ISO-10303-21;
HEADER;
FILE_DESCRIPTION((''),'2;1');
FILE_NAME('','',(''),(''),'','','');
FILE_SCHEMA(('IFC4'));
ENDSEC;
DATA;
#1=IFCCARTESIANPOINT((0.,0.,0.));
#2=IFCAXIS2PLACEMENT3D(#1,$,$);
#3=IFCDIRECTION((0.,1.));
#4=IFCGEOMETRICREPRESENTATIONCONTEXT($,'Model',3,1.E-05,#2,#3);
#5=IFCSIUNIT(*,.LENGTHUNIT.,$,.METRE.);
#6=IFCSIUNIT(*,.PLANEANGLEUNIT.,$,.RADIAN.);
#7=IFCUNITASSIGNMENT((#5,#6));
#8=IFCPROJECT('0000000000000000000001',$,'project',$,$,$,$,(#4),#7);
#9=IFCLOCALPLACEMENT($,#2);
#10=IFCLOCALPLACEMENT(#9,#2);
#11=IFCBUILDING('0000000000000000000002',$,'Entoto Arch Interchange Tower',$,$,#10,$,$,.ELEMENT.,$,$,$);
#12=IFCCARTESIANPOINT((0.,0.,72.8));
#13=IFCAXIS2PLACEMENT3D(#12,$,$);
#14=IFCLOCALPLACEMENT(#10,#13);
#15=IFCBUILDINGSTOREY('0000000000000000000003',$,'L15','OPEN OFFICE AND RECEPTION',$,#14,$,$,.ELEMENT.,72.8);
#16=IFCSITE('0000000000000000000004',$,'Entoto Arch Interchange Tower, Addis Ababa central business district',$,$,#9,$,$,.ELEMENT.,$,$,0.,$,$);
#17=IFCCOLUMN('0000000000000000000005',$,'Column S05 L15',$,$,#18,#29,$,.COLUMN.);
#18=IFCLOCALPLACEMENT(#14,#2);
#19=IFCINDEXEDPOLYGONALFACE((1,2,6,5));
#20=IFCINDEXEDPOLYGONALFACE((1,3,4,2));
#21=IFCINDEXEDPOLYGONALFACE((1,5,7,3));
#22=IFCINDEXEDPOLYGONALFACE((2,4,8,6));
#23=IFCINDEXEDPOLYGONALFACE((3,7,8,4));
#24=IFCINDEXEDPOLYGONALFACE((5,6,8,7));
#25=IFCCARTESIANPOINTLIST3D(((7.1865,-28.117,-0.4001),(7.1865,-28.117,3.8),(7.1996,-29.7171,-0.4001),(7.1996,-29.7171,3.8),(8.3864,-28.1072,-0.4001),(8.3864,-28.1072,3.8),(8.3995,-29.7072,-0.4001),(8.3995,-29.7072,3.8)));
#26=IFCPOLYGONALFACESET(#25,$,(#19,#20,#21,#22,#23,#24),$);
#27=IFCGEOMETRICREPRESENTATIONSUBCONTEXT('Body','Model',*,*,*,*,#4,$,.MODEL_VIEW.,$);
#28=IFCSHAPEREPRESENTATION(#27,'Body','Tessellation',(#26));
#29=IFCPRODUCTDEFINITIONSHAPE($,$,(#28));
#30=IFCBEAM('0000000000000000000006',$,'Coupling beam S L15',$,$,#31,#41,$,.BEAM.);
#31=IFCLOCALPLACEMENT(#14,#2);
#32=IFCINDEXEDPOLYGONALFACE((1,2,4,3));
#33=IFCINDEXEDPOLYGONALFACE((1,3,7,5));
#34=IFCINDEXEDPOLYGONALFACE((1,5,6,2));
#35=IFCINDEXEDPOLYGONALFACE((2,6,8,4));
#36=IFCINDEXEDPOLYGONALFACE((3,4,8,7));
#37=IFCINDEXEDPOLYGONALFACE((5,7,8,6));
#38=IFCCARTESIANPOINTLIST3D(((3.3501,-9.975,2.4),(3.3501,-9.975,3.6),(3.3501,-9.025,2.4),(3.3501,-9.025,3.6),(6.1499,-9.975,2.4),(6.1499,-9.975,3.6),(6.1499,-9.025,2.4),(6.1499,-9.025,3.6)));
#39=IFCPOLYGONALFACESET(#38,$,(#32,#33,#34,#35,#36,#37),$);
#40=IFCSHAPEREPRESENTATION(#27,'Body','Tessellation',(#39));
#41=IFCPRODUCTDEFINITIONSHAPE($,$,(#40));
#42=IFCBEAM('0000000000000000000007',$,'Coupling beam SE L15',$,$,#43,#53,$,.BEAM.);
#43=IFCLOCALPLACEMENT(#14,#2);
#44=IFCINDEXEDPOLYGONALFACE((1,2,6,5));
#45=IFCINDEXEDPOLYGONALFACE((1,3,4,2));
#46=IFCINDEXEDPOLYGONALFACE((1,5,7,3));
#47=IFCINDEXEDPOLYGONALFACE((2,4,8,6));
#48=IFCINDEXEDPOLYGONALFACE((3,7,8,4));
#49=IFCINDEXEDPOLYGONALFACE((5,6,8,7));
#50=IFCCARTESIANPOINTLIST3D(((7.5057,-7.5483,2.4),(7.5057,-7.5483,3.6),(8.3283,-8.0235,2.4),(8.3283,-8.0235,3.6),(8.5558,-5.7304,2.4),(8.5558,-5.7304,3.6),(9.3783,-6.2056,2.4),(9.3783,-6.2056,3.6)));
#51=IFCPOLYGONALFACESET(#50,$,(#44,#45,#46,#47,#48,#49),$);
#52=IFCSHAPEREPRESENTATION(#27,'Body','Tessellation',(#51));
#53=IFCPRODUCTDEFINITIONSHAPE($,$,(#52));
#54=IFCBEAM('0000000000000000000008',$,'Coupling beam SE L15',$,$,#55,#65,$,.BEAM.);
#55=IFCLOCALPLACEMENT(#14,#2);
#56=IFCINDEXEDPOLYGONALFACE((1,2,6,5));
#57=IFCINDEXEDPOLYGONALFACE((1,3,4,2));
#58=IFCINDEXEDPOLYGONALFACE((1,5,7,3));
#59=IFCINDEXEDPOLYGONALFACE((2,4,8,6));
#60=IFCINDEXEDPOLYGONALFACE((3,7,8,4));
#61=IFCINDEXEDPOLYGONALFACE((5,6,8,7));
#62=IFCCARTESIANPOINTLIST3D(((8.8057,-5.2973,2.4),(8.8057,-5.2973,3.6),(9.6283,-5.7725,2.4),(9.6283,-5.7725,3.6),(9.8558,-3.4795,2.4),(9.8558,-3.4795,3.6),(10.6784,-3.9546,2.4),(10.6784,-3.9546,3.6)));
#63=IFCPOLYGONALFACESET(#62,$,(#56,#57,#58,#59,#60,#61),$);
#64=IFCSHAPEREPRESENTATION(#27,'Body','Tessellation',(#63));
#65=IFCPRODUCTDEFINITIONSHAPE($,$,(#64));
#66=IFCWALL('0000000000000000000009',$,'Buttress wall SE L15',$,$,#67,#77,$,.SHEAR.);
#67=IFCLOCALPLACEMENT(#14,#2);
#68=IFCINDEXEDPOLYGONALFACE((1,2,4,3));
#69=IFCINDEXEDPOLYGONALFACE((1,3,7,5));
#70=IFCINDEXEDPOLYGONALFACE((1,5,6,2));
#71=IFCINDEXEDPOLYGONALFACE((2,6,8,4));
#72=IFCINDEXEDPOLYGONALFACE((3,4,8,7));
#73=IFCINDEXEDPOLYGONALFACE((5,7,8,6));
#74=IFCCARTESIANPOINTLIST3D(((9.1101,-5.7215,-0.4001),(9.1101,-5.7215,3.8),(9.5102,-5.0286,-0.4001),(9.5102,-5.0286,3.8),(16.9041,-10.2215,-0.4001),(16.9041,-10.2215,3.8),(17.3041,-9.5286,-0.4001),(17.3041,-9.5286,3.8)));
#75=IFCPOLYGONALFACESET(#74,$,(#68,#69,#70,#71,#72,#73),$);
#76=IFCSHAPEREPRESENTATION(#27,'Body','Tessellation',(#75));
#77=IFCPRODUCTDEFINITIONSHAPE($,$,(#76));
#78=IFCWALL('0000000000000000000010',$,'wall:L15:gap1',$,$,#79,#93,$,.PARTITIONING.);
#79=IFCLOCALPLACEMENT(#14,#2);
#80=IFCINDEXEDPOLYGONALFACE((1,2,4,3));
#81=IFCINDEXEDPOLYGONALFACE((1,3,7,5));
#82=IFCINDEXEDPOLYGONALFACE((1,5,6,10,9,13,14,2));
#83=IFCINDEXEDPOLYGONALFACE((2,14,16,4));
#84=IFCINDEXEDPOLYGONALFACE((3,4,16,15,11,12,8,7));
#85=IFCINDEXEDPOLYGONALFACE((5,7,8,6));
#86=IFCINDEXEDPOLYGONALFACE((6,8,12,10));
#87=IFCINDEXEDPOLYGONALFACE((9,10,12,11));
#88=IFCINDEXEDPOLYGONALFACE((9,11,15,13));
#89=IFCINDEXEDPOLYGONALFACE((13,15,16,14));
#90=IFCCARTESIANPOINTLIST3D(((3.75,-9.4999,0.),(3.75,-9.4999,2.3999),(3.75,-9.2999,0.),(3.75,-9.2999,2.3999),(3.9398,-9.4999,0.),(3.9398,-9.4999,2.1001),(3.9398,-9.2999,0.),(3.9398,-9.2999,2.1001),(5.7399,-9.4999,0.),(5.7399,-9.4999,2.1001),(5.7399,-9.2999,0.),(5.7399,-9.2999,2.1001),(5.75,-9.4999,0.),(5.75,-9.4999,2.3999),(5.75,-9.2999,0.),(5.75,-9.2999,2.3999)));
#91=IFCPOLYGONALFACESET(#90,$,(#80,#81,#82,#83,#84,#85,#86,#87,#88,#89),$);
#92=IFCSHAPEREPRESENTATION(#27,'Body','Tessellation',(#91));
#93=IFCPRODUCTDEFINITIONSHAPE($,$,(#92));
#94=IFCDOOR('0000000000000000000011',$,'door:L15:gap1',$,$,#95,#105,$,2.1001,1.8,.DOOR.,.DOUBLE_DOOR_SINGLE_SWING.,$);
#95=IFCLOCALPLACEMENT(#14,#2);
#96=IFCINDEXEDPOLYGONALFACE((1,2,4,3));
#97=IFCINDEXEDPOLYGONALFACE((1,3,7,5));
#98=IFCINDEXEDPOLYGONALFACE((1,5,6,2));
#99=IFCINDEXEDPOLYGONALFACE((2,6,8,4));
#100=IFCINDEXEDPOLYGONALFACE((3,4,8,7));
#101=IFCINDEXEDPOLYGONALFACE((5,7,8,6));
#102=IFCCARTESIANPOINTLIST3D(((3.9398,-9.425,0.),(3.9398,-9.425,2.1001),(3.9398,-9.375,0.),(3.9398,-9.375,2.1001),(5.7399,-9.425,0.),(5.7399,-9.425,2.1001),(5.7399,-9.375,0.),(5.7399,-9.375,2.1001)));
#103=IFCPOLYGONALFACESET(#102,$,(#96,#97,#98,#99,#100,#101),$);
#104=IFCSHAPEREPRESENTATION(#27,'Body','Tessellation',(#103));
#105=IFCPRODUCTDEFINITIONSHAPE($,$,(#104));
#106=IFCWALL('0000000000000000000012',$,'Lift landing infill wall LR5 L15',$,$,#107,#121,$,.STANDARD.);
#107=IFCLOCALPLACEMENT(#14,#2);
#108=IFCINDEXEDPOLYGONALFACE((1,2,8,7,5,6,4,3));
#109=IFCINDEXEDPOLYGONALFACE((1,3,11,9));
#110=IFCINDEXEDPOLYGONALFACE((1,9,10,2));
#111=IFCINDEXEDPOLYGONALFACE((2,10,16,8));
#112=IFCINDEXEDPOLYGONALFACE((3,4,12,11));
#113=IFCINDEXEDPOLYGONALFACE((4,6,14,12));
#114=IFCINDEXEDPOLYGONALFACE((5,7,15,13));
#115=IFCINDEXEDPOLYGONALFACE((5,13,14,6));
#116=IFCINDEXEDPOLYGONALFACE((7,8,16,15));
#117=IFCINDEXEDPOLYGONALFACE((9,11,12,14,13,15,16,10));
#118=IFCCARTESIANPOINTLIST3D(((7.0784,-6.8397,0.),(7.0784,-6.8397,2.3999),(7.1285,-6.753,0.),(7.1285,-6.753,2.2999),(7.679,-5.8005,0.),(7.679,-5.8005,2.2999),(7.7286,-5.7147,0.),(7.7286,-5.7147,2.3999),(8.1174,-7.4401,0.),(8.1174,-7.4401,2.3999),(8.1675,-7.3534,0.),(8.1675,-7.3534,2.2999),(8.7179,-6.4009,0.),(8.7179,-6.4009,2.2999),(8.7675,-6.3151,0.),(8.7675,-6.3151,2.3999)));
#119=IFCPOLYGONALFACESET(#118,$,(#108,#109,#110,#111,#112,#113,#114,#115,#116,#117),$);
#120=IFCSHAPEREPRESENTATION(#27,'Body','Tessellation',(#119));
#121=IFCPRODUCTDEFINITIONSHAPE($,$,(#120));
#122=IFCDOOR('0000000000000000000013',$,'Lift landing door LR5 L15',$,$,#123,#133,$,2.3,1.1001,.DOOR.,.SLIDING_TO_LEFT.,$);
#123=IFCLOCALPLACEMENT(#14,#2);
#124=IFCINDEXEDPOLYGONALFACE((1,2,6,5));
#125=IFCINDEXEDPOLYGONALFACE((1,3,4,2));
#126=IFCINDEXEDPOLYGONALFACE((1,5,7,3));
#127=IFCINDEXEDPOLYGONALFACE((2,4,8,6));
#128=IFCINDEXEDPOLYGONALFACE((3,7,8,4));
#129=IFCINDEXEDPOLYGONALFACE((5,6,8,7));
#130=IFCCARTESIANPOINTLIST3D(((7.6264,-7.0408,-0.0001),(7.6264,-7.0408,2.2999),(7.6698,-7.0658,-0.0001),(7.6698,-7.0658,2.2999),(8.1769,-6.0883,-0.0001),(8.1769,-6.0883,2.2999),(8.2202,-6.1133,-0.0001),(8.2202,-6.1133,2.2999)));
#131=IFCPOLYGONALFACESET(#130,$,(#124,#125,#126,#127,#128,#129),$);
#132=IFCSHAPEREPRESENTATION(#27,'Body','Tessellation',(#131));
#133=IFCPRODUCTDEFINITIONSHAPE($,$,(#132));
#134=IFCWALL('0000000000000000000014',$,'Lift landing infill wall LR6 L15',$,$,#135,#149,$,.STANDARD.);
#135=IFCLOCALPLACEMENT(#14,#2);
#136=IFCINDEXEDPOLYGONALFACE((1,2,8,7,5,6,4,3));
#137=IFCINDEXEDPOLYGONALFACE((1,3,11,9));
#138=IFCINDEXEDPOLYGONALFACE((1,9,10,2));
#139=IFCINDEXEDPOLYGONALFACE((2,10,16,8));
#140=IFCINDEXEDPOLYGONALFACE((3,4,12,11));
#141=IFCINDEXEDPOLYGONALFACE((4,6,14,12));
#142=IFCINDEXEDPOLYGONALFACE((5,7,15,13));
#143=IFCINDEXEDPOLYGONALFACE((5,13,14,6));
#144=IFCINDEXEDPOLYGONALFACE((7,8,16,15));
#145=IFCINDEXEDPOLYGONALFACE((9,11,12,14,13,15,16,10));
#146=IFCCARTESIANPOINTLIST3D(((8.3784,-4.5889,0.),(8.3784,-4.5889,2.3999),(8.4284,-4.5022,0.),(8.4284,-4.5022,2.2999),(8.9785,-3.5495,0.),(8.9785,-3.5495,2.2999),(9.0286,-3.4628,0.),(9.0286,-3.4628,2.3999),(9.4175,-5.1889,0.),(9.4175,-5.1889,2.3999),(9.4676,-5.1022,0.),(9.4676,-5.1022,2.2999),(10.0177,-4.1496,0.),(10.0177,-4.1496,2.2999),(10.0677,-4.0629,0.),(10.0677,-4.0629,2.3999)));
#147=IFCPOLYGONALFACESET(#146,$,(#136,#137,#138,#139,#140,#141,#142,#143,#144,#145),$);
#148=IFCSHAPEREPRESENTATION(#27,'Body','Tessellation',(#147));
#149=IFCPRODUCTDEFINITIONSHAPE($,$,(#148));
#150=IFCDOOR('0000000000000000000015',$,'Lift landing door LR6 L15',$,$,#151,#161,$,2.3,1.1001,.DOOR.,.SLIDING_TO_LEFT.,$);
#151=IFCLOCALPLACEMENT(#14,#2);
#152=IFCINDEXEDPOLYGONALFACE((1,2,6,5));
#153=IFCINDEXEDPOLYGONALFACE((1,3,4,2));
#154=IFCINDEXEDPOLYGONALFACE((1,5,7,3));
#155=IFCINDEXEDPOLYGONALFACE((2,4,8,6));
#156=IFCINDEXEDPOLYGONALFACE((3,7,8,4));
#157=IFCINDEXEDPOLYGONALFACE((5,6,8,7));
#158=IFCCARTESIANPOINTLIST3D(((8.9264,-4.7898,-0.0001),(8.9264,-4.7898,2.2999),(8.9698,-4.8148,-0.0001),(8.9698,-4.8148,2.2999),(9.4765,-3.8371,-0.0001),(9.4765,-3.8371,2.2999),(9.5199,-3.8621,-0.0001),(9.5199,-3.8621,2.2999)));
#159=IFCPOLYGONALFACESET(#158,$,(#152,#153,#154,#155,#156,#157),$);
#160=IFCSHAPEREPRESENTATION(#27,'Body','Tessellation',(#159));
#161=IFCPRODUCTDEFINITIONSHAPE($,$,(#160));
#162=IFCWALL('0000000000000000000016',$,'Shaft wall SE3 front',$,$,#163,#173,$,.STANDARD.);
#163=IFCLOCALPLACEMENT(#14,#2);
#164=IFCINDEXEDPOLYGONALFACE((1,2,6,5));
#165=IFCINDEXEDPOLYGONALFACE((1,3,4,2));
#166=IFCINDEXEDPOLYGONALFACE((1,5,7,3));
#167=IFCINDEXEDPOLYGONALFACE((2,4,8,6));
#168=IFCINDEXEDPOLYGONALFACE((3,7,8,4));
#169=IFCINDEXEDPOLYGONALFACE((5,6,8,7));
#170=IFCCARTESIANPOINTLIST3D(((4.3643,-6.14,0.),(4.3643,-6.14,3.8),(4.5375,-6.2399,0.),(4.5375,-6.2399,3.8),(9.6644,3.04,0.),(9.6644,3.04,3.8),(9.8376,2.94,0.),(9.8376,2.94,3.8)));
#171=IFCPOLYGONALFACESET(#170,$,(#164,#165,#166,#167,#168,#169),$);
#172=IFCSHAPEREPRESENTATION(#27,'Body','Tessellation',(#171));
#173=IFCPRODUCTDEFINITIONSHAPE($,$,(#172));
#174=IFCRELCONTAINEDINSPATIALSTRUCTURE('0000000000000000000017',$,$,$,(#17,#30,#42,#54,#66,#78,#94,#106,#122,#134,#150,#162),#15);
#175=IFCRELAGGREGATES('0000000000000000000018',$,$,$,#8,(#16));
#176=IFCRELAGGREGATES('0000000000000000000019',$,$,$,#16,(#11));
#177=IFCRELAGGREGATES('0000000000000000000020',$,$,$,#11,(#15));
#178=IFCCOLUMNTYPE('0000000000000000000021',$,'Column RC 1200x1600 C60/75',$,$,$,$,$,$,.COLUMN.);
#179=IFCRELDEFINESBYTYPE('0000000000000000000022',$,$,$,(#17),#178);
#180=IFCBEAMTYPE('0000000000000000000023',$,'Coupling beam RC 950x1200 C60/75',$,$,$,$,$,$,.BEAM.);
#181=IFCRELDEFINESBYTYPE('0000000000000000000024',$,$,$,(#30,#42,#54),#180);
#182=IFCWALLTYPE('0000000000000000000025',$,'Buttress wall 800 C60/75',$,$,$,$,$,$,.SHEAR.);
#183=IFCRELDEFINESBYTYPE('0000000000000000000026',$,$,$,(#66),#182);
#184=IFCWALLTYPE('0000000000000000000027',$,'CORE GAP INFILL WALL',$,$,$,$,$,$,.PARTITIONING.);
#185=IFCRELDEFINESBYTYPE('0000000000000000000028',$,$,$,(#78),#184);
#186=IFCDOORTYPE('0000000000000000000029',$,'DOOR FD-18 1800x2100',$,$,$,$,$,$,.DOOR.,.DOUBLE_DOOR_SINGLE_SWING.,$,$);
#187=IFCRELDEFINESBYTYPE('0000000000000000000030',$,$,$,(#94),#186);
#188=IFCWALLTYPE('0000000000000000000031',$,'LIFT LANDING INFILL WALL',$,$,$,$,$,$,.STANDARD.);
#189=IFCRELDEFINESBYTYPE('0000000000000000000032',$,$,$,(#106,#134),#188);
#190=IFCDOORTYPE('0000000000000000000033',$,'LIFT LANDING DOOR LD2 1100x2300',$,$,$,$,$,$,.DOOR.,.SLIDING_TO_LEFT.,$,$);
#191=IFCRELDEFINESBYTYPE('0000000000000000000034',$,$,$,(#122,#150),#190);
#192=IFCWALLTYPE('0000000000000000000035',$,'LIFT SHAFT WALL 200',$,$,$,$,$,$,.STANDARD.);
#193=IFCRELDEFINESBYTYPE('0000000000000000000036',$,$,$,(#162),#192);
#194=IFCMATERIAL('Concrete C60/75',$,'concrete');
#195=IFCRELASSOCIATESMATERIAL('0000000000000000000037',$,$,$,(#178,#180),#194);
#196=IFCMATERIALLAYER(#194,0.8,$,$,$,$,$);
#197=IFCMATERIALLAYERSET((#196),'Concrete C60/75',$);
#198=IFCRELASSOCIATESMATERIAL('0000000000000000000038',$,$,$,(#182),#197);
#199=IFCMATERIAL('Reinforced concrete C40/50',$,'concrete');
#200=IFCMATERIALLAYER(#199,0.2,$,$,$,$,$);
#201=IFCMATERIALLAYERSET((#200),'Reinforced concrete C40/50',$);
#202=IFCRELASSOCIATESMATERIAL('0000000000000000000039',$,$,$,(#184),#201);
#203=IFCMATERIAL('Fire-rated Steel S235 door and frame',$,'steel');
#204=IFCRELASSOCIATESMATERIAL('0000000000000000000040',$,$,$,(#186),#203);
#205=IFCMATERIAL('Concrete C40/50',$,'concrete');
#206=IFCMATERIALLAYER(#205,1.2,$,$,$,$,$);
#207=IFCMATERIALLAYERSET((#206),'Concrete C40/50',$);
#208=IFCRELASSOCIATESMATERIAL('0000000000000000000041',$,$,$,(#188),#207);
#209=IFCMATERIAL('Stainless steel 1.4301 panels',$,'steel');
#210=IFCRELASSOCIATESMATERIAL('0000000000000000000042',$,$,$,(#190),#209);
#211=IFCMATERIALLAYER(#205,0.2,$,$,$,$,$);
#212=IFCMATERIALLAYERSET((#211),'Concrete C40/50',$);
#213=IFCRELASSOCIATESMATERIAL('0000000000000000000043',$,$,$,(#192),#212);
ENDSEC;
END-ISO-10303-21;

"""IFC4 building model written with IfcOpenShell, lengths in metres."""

from ifc_helpers import new_model, si_unit, direction, frame, frame_2d, origin, origin_2d, place, context, subcontext, project, spatial, rectangle, extrude, material, layer, layer_set, material_profile, profile_set, type_object, element, fill, save


model = new_model("IFC4")

# Units and contexts
model_context = context("Model", 3, precision=1e-05, world=origin(), true_north=direction((0.0, 1.0)))
body_context = subcontext(model_context, "Body", "Model", "MODEL_VIEW")
ifc_project = project(units=[si_unit("LENGTHUNIT", "METRE"), si_unit("PLANEANGLEUNIT", "RADIAN")], contexts=[model_context])

# Site, building, storey
site_placement = place(None, origin())
site = spatial("IfcSite", under=ifc_project, at=site_placement, Name="Entoto Arch Interchange Tower, Addis Ababa central business district", CompositionType="ELEMENT", RefElevation=0.0)
building_placement = place(site_placement, origin())
building = spatial("IfcBuilding", under=site, at=building_placement, Name="Entoto Arch Interchange Tower", CompositionType="ELEMENT")
storey_placement = place(building_placement, frame((0.0, 0.0, 72.8)))
storey = spatial("IfcBuildingStorey", under=building, at=storey_placement, Name="L15", Description="OPEN OFFICE AND RECEPTION", CompositionType="ELEMENT", Elevation=72.8)

# Column
ifc_material_1 = material(Name="Concrete C60/75", Category="concrete")
ifc_material_profile_1 = material_profile(ifc_material_1, rectangle(XDim=1.2, YDim=1.6001, at=origin_2d()))
ifc_profile_set_1 = profile_set([ifc_material_profile_1], Name="Concrete C60/75")
column_type = type_object("IfcColumnType", Name="Column RC 1200x1600 C60/75", PredefinedType="COLUMN", material=ifc_profile_set_1)
column_placement = place(storey_placement, frame((7.793, -28.9121, -0.4001), z_axis=(0.0, 0.0, 1.0), x_axis=(0.999966, 0.008203, 0.0)))
element("IfcColumn", 1, at=column_placement, inside=storey, type_object=column_type, Name="Column S05 L15", PredefinedType="COLUMN", context=body_context, shape_type="SweptSolid", body=[
    extrude(rectangle(XDim=1.2, YDim=1.6001, at=origin_2d()), origin(), (0.0, 0.0, 1.0), 4.2002),
])

# Beams
ifc_material_profile_2 = material_profile(ifc_material_1, rectangle(XDim=0.95, YDim=1.2, at=origin_2d()))
ifc_profile_set_2 = profile_set([ifc_material_profile_2], Name="Concrete C60/75")
beam_type = type_object("IfcBeamType", Name="Coupling beam RC 950x1200 C60/75", PredefinedType="BEAM", material=ifc_profile_set_2)
beam_placement = place(storey_placement, frame((3.3501, -9.5, 3.0), z_axis=(1.0, 0.0, 0.0), x_axis=(0.0, 1.0, 0.0)))
element("IfcBeam", 2, at=beam_placement, inside=storey, type_object=beam_type, Name="Coupling beam S L15", PredefinedType="BEAM", context=body_context, shape_type="SweptSolid", body=[
    extrude(rectangle(XDim=0.95, YDim=1.2, at=origin_2d()), origin(), (0.0, 0.0, 1.0), 2.7998),
])
for number, where, z_axis, x_axis, name in (
    (3, (7.917, -7.7859, 3.0), (0.500179, 0.865922, 0.0), (-0.865922, 0.500179, 0.0), "Coupling beam SE L15"),
    (4, (9.217, -5.5349, 3.0), (0.500179, 0.865922, 0.0), (-0.865922, 0.500179, 0.0), "Coupling beam SE L15"),
):
    element("IfcBeam", number, at=place(storey_placement, frame(where, z_axis=z_axis, x_axis=x_axis)), inside=storey, type_object=beam_type, Name=name, PredefinedType="BEAM", context=body_context, shape_type="SweptSolid", body=[
        extrude(rectangle(XDim=0.95, YDim=1.2, at=origin_2d()), origin(), (0.0, 0.0, 1.0), 2.0994),
    ])

# Wall
ifc_layer_1 = layer(ifc_material_1, 0.8)
ifc_layer_set_1 = layer_set([ifc_layer_1], Name="Concrete C60/75")
wall_type_1 = type_object("IfcWallType", Name="Buttress wall 800 C60/75", PredefinedType="SHEAR", material=ifc_layer_set_1)
wall_1_placement = place(storey_placement, frame((9.3101, -5.375, -0.4001), z_axis=(0.0, 0.0, 1.0), x_axis=(0.866018, -0.500014, 0.0)))
element("IfcWall", 5, at=wall_1_placement, inside=storey, type_object=wall_type_1, Name="Buttress wall SE L15", PredefinedType="SHEAR", context=body_context, shape_type="SweptSolid", body=[
    extrude(rectangle(XDim=8.9998, YDim=0.8, at=frame_2d((4.5, 0.0))), origin(), (0.0, 0.0, 1.0), 4.2002),
])

# Walls, openings, doors
ifc_material_2 = material(Name="Reinforced concrete C40/50", Category="concrete")
ifc_layer_2 = layer(ifc_material_2, 0.2)
ifc_layer_set_2 = layer_set([ifc_layer_2], Name="Reinforced concrete C40/50")
wall_type_2 = type_object("IfcWallType", Name="CORE GAP INFILL WALL", PredefinedType="PARTITIONING", material=ifc_layer_set_2)
wall_2_placement = place(storey_placement, frame((3.75, -9.3999, 0.0), z_axis=(0.0, 0.0, 1.0), x_axis=(1.0, 0.0, 0.0)))
wall_2 = element("IfcWall", 6, at=wall_2_placement, inside=storey, type_object=wall_type_2, Name="wall:L15:gap1", PredefinedType="PARTITIONING", context=body_context, shape_type="SweptSolid", body=[
    extrude(rectangle(XDim=2.0, YDim=0.2, at=frame_2d((1.0, 0.0))), origin(), (0.0, 0.0, 1.0), 2.3999),
])
opening_1_placement = place(wall_2_placement, frame((0.1899, 0.0, 0.0)))
opening_1 = element("IfcOpeningElement", 7, at=opening_1_placement, cuts=wall_2, PredefinedType="OPENING", context=body_context, shape_type="SweptSolid", body=[
    extrude(rectangle(XDim=1.8, YDim=2.1001, at=frame_2d((0.8999, 1.05))), frame((0.0, 0.1099, 0.0), z_axis=(0.0, -1.0, 0.0), x_axis=(1.0, 0.0, 0.0)), (0.0, 0.0, 1.0), 0.22),
])
ifc_material_3 = material(Name="Fire-rated Steel S235 door and frame", Category="steel")
door_type_1 = type_object("IfcDoorType", Name="DOOR FD-18 1800x2100", OperationType="DOUBLE_DOOR_SINGLE_SWING", PredefinedType="DOOR", material=ifc_material_3)
door_1_placement = place(opening_1_placement, origin())
door_1 = element("IfcDoor", 8, at=door_1_placement, inside=storey, type_object=door_type_1, Name="door:L15:gap1", OperationType="DOUBLE_DOOR_SINGLE_SWING", OverallHeight=2.1001, OverallWidth=1.8, PredefinedType="DOOR", context=body_context, shape_type="SweptSolid", body=[
    extrude(rectangle(XDim=1.8, YDim=2.1001, at=frame_2d((0.8999, 1.05))), frame((0.0, 0.0249, 0.0), z_axis=(0.0, -1.0, 0.0), x_axis=(1.0, 0.0, 0.0)), (0.0, 0.0, 1.0), 0.05),
])
fill(opening_1, door_1)
ifc_material_4 = material(Name="Concrete C40/50", Category="concrete")
ifc_layer_3 = layer(ifc_material_4, 1.2)
ifc_layer_set_3 = layer_set([ifc_layer_3], Name="Concrete C40/50")
wall_type_3 = type_object("IfcWallType", Name="LIFT LANDING INFILL WALL", PredefinedType="STANDARD", material=ifc_layer_set_3)
wall_3_placement = place(storey_placement, frame((7.5979, -7.1399, 0.0), z_axis=(0.0, 0.0, 1.0), x_axis=(0.500362, 0.865816, 0.0)))
wall_3 = element("IfcWall", 9, at=wall_3_placement, inside=storey, type_object=wall_type_3, Name="Lift landing infill wall LR5 L15", PredefinedType="STANDARD", context=body_context, shape_type="SweptSolid", body=[
    extrude(rectangle(XDim=1.2993, YDim=1.2, at=frame_2d((0.6497, 0.0))), origin(), (0.0, 0.0, 1.0), 2.3999),
])
opening_2_placement = place(wall_3_placement, frame((0.1001, 0.0, 0.0)))
opening_2 = element("IfcOpeningElement", 10, at=opening_2_placement, cuts=wall_3, PredefinedType="OPENING", context=body_context, shape_type="SweptSolid", body=[
    extrude(rectangle(XDim=1.1001, YDim=2.3, at=frame_2d((0.55, 1.1499))), frame((0.0, 0.6099, 0.0), z_axis=(0.0, -1.0, 0.0), x_axis=(1.0, 0.0, 0.0)), (0.0, 0.0, 1.0), 1.22),
])
ifc_material_5 = material(Name="Stainless steel 1.4301 panels", Category="steel")
door_type_2 = type_object("IfcDoorType", Name="LIFT LANDING DOOR LD2 1100x2300", OperationType="SLIDING_TO_LEFT", PredefinedType="DOOR", material=ifc_material_5)
door_2_placement = place(opening_2_placement, origin())
door_2 = element("IfcDoor", 11, at=door_2_placement, inside=storey, type_object=door_type_2, Name="Lift landing door LR5 L15", OperationType="SLIDING_TO_LEFT", OverallHeight=2.3, OverallWidth=1.1001, PredefinedType="DOOR", context=body_context, shape_type="SweptSolid", body=[
    extrude(rectangle(XDim=1.1001, YDim=2.3, at=frame_2d((0.55, 1.1499))), frame((0.0, 0.0249, 0.0), z_axis=(0.0, -1.0, 0.0), x_axis=(1.0, 0.0, 0.0)), (0.0, 0.0, 1.0), 0.05),
])
fill(opening_2, door_2)
wall_4_placement = place(storey_placement, frame((8.8979, -4.8889, 0.0), z_axis=(0.0, 0.0, 1.0), x_axis=(0.500037, 0.866004, 0.0)))
wall_4 = element("IfcWall", 12, at=wall_4_placement, inside=storey, type_object=wall_type_3, Name="Lift landing infill wall LR6 L15", PredefinedType="STANDARD", context=body_context, shape_type="SweptSolid", body=[
    extrude(rectangle(XDim=1.3003, YDim=1.2, at=frame_2d((0.6501, 0.0))), origin(), (0.0, 0.0, 1.0), 2.3999),
])
opening_3_placement = place(wall_4_placement, frame((0.1001, 0.0, 0.0)))
opening_3 = element("IfcOpeningElement", 13, at=opening_3_placement, cuts=wall_4, PredefinedType="OPENING", context=body_context, shape_type="SweptSolid", body=[
    extrude(rectangle(XDim=1.1001, YDim=2.3, at=frame_2d((0.55, 1.1499))), frame((0.0, 0.6099, 0.0), z_axis=(0.0, -1.0, 0.0), x_axis=(1.0, 0.0, 0.0)), (0.0, 0.0, 1.0), 1.22),
])
door_3_placement = place(opening_3_placement, origin())
door_3 = element("IfcDoor", 14, at=door_3_placement, inside=storey, type_object=door_type_2, Name="Lift landing door LR6 L15", OperationType="SLIDING_TO_LEFT", OverallHeight=2.3, OverallWidth=1.1001, PredefinedType="DOOR", context=body_context, shape_type="SweptSolid", body=[
    extrude(rectangle(XDim=1.1001, YDim=2.3, at=frame_2d((0.55, 1.1499))), frame((0.0, 0.0249, 0.0), z_axis=(0.0, -1.0, 0.0), x_axis=(1.0, 0.0, 0.0)), (0.0, 0.0, 1.0), 0.05),
])
fill(opening_3, door_3)

# Wall
ifc_layer_4 = layer(ifc_material_4, 0.2)
ifc_layer_set_4 = layer_set([ifc_layer_4], Name="Concrete C40/50")
wall_type_4 = type_object("IfcWallType", Name="LIFT SHAFT WALL 200", PredefinedType="STANDARD", material=ifc_layer_set_4)
wall_5_placement = place(storey_placement, frame((4.4509, -6.1899, 0.0), z_axis=(0.0, 0.0, 1.0), x_axis=(0.500001, 0.866025, 0.0)))
element("IfcWall", 15, at=wall_5_placement, inside=storey, type_object=wall_type_4, Name="Shaft wall SE3 front", PredefinedType="STANDARD", context=body_context, shape_type="SweptSolid", body=[
    extrude(rectangle(XDim=10.6001, YDim=0.2, at=frame_2d((5.3, 0.0))), origin(), (0.0, 0.0, 1.0), 3.8),
])

save(model, "model.ifc")
